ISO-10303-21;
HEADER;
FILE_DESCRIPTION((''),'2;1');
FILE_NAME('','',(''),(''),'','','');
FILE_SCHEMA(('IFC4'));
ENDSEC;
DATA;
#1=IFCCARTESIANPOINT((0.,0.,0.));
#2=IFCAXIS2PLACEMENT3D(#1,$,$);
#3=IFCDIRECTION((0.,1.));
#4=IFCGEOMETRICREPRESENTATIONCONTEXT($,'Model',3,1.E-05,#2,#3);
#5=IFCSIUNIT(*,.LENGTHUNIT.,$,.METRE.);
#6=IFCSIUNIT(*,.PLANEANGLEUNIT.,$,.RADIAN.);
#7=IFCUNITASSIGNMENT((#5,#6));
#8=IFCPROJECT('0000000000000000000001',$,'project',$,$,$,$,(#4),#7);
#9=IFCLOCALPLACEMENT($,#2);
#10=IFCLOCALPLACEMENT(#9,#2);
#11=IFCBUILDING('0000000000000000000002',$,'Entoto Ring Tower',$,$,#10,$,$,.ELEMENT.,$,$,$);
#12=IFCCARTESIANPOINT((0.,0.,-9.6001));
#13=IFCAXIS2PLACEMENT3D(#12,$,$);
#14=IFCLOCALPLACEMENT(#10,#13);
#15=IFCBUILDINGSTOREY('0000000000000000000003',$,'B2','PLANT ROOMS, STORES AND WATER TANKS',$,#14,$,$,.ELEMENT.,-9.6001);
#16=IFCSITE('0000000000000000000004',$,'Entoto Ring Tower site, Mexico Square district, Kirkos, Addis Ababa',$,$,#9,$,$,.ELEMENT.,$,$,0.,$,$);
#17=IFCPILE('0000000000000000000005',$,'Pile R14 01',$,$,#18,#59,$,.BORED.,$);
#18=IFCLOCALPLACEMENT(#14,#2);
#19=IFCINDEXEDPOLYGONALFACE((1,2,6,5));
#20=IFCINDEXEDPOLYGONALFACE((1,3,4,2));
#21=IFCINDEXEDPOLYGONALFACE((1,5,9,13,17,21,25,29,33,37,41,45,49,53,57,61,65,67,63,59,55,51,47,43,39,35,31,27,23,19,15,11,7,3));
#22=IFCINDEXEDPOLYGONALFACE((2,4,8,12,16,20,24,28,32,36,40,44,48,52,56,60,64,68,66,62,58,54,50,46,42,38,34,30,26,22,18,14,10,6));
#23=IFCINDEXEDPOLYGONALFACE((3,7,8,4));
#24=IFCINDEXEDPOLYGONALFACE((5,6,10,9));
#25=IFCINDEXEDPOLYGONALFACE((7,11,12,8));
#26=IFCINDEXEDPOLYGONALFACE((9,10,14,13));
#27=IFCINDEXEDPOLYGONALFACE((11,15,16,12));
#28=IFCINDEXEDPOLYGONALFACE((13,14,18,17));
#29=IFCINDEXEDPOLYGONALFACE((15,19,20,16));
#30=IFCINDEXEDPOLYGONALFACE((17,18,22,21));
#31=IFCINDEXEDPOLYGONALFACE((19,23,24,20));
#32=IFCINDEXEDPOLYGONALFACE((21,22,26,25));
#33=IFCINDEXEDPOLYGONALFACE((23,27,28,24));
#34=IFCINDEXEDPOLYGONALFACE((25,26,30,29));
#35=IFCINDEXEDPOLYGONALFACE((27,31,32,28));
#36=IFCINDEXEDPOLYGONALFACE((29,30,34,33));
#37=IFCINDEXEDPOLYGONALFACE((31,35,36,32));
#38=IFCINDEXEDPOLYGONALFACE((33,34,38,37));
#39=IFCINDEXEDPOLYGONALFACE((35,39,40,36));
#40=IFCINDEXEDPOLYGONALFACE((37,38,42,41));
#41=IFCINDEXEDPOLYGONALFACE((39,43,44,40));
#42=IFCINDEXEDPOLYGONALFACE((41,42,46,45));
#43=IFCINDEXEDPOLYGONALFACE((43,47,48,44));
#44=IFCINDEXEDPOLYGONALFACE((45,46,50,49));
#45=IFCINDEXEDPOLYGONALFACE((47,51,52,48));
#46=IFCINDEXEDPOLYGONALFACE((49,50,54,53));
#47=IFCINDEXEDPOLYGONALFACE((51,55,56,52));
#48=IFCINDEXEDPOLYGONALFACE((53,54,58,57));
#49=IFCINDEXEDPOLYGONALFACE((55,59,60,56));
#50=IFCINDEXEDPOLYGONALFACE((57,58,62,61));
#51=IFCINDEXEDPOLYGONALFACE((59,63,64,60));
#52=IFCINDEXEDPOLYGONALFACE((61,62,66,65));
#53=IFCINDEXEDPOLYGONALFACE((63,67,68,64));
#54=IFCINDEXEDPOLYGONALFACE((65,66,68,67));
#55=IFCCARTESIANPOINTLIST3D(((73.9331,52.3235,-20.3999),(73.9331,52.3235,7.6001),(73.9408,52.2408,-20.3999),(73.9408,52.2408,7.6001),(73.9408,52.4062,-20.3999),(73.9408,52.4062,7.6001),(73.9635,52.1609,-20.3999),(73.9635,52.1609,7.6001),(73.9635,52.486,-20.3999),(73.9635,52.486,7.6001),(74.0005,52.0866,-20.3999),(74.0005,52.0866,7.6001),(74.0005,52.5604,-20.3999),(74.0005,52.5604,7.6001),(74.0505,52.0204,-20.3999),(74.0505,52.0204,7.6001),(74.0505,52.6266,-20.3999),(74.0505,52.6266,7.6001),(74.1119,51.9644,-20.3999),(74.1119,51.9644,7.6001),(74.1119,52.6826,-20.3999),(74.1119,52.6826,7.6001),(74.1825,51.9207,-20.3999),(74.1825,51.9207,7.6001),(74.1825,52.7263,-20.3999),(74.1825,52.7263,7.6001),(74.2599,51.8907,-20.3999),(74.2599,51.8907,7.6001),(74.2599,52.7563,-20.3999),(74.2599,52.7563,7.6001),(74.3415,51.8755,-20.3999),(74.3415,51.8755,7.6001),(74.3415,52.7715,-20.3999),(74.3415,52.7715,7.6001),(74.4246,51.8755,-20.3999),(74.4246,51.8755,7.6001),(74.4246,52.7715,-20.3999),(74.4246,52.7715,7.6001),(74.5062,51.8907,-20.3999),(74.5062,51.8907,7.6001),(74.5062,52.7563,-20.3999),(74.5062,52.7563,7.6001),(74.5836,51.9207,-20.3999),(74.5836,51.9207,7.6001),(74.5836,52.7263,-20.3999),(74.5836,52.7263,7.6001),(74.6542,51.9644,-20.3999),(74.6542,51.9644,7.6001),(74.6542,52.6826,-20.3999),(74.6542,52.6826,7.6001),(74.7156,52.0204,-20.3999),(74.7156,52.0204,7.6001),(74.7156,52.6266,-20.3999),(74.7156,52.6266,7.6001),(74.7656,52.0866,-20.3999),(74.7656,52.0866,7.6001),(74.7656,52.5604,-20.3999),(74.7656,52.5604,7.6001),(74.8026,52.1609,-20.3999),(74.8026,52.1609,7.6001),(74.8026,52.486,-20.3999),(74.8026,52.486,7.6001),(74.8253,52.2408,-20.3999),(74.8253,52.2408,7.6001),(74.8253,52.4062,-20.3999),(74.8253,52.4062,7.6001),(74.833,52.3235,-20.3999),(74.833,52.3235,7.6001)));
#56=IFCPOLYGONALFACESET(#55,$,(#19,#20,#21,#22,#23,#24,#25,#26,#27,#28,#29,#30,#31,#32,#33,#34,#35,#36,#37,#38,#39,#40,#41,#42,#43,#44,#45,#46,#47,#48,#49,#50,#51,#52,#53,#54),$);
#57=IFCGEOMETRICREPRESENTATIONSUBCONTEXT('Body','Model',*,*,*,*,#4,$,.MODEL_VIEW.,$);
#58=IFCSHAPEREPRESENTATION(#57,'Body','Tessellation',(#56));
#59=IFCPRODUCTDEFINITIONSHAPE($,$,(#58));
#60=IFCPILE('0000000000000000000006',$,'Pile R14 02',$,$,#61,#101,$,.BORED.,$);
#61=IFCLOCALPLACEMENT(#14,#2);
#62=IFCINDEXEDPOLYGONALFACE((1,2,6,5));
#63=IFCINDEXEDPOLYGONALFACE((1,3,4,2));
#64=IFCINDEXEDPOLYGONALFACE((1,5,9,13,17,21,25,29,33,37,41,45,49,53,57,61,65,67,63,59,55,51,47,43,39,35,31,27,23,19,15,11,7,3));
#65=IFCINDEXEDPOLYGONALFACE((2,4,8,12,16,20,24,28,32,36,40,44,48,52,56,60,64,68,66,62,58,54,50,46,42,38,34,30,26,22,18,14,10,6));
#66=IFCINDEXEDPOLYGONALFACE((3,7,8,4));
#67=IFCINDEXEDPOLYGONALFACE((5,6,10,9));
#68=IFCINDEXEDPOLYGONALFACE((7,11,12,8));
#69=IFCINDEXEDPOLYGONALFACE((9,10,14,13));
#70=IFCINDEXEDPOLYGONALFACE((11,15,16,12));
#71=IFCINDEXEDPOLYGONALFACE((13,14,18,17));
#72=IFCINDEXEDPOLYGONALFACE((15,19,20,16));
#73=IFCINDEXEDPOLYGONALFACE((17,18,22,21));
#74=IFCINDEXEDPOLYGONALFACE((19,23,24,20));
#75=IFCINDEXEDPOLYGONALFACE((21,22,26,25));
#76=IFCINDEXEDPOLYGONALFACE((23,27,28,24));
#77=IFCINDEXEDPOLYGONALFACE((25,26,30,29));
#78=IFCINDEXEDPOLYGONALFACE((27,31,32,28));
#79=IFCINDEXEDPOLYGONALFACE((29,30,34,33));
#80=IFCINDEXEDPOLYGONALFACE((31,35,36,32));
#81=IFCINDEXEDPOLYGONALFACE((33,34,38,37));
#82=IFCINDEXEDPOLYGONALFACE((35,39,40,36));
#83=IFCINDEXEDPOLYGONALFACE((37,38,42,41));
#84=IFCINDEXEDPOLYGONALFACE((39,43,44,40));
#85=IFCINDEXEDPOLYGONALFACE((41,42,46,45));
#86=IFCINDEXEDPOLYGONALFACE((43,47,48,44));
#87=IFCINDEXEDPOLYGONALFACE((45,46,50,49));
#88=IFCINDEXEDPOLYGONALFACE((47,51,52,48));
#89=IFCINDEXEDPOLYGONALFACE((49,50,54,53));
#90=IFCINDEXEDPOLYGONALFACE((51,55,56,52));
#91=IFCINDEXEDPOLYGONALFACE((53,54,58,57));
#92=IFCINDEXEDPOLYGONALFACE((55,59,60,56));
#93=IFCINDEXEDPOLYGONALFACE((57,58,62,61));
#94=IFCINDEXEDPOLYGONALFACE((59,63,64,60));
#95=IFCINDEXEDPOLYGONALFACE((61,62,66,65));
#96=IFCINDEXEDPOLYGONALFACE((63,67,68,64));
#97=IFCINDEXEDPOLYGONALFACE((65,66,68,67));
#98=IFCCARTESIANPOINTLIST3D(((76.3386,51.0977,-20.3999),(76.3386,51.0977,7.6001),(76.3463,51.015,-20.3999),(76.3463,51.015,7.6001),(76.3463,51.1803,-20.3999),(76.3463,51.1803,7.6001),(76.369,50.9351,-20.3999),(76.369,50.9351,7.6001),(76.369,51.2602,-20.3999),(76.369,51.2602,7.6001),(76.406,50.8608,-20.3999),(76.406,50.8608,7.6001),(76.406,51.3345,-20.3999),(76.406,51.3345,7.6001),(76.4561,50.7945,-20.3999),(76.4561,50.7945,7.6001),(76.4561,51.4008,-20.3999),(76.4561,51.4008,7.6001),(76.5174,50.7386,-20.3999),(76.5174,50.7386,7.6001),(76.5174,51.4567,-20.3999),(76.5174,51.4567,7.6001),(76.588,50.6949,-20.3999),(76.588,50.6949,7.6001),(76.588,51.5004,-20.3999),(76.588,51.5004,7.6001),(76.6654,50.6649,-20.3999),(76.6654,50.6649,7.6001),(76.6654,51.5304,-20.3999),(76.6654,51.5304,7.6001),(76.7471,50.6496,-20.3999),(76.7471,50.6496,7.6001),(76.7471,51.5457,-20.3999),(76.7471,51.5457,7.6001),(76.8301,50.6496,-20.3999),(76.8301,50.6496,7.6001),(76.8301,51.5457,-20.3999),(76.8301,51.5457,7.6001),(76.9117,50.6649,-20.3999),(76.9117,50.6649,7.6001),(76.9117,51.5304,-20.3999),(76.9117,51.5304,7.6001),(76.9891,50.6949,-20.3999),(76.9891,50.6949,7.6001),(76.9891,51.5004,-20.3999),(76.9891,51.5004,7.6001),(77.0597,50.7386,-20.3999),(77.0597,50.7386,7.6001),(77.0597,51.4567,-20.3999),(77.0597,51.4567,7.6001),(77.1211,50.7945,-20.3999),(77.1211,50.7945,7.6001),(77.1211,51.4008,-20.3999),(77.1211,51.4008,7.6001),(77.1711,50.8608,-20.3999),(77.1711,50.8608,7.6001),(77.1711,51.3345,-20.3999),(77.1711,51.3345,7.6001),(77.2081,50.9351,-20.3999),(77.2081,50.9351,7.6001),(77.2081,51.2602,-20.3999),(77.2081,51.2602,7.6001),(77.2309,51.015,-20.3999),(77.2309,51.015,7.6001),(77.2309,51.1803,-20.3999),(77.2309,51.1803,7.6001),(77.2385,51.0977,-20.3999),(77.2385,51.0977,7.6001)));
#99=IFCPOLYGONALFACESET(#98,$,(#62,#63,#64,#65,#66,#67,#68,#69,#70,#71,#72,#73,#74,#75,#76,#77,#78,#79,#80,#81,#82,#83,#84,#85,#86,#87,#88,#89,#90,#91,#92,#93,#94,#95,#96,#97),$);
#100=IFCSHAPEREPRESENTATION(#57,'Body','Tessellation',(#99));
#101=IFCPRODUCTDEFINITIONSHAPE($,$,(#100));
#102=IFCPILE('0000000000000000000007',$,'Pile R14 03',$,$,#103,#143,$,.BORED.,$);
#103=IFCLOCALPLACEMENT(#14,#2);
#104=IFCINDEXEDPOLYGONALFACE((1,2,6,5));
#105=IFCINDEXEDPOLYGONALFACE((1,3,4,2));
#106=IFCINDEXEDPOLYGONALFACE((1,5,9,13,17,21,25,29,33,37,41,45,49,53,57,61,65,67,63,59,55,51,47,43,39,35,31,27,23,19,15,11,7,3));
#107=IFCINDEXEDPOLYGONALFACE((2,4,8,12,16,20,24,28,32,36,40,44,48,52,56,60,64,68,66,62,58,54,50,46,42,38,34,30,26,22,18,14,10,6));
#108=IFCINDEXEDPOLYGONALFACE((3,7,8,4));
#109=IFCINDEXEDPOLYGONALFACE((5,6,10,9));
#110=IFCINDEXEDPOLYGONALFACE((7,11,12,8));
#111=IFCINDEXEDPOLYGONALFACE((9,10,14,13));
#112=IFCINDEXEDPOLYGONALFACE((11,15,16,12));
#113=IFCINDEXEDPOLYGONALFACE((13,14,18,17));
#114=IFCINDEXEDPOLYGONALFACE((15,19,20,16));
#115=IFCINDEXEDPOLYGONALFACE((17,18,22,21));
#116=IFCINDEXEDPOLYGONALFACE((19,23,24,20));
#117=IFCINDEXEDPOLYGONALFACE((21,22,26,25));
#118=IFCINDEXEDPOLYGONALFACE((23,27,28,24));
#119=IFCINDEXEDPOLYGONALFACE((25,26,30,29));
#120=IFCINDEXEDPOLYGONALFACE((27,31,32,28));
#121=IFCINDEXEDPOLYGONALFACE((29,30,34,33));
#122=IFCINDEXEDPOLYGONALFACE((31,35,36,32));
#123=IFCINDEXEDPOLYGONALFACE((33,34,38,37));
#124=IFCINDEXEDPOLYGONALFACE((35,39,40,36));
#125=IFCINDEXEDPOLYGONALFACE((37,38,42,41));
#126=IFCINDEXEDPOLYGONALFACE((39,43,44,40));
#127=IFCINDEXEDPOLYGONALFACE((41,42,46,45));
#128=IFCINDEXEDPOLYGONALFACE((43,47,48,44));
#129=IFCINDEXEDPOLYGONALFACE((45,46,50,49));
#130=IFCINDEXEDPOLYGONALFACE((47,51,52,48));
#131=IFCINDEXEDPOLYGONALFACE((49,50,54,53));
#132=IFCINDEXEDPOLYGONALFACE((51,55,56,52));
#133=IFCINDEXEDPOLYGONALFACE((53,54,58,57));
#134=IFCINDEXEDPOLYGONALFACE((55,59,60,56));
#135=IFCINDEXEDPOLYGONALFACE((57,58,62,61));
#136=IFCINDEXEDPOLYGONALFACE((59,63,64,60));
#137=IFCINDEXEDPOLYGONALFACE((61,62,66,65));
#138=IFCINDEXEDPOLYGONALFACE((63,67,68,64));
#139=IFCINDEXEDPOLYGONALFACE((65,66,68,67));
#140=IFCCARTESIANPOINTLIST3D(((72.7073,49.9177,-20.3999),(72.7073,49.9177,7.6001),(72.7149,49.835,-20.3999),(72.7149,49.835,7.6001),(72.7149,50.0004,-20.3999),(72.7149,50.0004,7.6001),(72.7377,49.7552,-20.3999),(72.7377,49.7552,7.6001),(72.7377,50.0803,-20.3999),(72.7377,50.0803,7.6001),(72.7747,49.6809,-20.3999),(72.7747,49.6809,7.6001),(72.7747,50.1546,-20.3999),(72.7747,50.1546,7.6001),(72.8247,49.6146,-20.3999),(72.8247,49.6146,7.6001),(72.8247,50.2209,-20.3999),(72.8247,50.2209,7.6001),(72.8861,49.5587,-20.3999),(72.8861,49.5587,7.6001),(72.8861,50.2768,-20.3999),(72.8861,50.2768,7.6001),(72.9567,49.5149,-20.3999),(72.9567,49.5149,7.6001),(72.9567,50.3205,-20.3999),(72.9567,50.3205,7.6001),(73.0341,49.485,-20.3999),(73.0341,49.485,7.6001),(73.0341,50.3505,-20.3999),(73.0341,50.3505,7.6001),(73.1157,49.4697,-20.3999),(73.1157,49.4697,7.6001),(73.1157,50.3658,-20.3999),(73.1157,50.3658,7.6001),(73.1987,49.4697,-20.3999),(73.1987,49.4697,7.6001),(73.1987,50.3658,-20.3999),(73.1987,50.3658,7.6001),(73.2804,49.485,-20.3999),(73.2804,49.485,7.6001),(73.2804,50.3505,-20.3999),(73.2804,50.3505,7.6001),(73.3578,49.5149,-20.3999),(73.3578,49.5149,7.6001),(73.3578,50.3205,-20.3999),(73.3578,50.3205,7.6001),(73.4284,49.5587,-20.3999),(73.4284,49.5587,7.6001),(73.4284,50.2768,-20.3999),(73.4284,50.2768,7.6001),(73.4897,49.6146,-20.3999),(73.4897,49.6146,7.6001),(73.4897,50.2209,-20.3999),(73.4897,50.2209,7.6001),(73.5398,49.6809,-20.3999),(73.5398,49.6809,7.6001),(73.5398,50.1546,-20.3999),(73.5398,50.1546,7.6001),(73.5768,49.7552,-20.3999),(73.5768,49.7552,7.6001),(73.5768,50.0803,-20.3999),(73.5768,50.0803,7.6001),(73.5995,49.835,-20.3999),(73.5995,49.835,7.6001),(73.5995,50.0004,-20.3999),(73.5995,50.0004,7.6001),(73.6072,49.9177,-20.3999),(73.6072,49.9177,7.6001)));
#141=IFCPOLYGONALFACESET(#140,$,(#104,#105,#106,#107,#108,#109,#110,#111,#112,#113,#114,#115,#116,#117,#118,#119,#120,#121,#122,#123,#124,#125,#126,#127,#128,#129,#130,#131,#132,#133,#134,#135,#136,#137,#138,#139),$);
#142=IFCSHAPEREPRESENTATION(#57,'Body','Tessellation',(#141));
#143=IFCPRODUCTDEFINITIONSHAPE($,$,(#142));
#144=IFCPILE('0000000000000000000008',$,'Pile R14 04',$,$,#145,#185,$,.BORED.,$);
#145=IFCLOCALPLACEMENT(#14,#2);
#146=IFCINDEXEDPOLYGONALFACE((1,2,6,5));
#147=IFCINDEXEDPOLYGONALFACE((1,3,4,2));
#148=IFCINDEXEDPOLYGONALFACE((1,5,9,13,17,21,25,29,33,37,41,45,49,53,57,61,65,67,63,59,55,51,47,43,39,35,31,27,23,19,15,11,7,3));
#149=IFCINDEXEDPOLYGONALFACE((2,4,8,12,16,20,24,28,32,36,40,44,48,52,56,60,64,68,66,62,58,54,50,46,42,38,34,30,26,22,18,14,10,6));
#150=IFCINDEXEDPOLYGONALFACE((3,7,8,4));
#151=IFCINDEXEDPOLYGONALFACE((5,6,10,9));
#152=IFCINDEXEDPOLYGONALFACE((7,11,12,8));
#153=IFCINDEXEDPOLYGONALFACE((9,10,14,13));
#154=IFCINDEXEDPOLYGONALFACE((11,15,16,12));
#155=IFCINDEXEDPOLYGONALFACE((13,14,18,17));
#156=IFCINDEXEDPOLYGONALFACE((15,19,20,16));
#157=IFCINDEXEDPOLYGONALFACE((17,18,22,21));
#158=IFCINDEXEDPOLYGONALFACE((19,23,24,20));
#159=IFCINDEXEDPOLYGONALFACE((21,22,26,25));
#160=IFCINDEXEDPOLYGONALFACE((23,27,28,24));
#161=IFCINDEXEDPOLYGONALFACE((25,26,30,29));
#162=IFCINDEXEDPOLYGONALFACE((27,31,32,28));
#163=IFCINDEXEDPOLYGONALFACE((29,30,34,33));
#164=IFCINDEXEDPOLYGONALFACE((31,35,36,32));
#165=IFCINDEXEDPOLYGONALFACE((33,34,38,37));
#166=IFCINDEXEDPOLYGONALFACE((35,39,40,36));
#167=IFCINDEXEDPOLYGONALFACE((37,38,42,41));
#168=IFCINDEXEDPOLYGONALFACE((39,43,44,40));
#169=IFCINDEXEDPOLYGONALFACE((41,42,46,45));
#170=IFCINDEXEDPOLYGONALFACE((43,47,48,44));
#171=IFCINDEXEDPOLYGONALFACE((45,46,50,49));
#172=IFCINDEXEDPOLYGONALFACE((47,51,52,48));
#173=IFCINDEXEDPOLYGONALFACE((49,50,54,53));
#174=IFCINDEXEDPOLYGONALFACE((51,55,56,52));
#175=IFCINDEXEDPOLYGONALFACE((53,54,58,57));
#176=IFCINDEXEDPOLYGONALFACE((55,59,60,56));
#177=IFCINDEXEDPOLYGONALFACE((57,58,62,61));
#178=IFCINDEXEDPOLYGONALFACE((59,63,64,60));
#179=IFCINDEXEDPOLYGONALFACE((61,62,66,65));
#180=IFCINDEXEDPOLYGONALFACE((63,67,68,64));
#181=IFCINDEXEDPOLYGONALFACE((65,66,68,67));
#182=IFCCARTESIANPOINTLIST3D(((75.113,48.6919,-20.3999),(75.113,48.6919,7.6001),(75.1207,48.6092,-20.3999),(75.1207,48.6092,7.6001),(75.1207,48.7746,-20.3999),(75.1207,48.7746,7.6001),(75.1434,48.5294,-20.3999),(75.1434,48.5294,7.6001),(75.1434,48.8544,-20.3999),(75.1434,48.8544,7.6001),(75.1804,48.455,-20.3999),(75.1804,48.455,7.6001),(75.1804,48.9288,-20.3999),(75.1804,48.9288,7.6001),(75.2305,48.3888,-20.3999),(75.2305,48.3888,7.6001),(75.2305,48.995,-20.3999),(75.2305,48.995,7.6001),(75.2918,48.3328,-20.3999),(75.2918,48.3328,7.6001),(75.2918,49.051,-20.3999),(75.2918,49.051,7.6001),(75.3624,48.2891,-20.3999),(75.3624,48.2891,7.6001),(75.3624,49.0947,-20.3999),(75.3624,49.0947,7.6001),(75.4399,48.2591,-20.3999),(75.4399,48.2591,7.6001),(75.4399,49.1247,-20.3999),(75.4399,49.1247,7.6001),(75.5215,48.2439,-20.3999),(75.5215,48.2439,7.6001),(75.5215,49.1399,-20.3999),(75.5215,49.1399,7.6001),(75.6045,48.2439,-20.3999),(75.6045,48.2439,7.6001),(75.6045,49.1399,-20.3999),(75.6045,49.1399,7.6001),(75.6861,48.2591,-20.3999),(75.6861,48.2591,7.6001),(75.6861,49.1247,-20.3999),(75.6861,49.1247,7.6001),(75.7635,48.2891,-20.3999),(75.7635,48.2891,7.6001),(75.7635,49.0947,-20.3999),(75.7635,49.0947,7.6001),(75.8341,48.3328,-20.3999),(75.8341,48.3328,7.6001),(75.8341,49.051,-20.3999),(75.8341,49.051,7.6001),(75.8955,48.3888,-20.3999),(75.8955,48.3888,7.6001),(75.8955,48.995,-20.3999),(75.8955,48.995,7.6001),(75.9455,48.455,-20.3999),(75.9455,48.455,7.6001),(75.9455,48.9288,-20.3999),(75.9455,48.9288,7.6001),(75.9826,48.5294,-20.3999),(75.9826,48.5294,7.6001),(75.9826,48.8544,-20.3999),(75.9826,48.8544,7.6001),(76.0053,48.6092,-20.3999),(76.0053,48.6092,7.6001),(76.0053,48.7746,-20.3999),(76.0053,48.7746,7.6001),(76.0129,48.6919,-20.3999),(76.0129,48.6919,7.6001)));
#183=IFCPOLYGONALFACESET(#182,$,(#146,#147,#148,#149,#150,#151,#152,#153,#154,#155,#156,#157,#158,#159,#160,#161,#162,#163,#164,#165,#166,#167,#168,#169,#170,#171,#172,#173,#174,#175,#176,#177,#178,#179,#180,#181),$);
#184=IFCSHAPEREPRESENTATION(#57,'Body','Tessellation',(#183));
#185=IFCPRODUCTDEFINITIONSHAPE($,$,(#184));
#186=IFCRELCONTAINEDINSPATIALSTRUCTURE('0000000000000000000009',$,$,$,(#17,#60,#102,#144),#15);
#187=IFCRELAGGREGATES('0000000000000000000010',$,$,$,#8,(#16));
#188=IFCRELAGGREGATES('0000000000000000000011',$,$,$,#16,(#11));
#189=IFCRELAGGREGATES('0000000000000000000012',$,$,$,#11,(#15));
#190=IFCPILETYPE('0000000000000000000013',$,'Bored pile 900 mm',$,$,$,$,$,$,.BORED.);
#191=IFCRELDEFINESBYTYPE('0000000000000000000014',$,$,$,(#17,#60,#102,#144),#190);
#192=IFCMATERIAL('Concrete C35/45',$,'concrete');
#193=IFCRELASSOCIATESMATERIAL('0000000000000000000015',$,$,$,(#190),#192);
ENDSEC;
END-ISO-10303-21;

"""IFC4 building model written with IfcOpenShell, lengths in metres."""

from ifc_helpers import new_model, si_unit, direction, frame, origin, origin_2d, place, context, subcontext, project, spatial, circle, extrude, material, material_profile, profile_set, type_object, element, save


model = new_model("IFC4")

# Units and contexts
model_context = context("Model", 3, precision=1e-05, world=origin(), true_north=direction((0.0, 1.0)))
body_context = subcontext(model_context, "Body", "Model", "MODEL_VIEW")
ifc_project = project(units=[si_unit("LENGTHUNIT", "METRE"), si_unit("PLANEANGLEUNIT", "RADIAN")], contexts=[model_context])

# Site, building, storey
site_placement = place(None, origin())
site = spatial("IfcSite", under=ifc_project, at=site_placement, Name="Entoto Ring Tower site, Mexico Square district, Kirkos, Addis Ababa", CompositionType="ELEMENT", RefElevation=0.0)
building_placement = place(site_placement, origin())
building = spatial("IfcBuilding", under=site, at=building_placement, Name="Entoto Ring Tower", CompositionType="ELEMENT")
storey_placement = place(building_placement, frame((0.0, 0.0, -9.6001)))
storey = spatial("IfcBuildingStorey", under=building, at=storey_placement, Name="B2", Description="PLANT ROOMS, STORES AND WATER TANKS", CompositionType="ELEMENT", Elevation=-9.6001)

# Piles
ifc_material_1 = material(Name="Concrete C35/45", Category="concrete")
ifc_material_profile_1 = material_profile(ifc_material_1, circle(Radius=0.45, at=origin_2d()), Name="Bored pile 900 mm")
ifc_profile_set_1 = profile_set([ifc_material_profile_1], Name="Concrete C35/45")
pile_type = type_object("IfcPileType", Name="Bored pile 900 mm", PredefinedType="BORED", material=ifc_profile_set_1)
for number, where, z_axis, x_axis, name in (
    (1, (74.3831, 52.3235, 7.6001), (0.0, 0.0, -1.0), (1.0, 0.0, 0.0), "Pile R14 01"),
    (2, (76.7886, 51.0977, 7.6001), (0.0, 0.0, -1.0), (1.0, 0.0, 0.0), "Pile R14 02"),
    (3, (73.1572, 49.9177, 7.6001), (0.0, 0.0, -1.0), (1.0, 0.0, 0.0), "Pile R14 03"),
    (4, (75.563, 48.6919, 7.6001), (0.0, 0.0, -1.0), (1.0, 0.0, 0.0), "Pile R14 04"),
):
    element("IfcPile", number, at=place(storey_placement, frame(where, z_axis=z_axis, x_axis=x_axis)), inside=storey, type_object=pile_type, Name=name, PredefinedType="BORED", context=body_context, shape_type="SweptSolid", body=[
        extrude(circle(Radius=0.45, at=origin_2d()), origin(), (0.0, 0.0, 1.0), 28.0),
    ])

save(model, "model.ifc")
